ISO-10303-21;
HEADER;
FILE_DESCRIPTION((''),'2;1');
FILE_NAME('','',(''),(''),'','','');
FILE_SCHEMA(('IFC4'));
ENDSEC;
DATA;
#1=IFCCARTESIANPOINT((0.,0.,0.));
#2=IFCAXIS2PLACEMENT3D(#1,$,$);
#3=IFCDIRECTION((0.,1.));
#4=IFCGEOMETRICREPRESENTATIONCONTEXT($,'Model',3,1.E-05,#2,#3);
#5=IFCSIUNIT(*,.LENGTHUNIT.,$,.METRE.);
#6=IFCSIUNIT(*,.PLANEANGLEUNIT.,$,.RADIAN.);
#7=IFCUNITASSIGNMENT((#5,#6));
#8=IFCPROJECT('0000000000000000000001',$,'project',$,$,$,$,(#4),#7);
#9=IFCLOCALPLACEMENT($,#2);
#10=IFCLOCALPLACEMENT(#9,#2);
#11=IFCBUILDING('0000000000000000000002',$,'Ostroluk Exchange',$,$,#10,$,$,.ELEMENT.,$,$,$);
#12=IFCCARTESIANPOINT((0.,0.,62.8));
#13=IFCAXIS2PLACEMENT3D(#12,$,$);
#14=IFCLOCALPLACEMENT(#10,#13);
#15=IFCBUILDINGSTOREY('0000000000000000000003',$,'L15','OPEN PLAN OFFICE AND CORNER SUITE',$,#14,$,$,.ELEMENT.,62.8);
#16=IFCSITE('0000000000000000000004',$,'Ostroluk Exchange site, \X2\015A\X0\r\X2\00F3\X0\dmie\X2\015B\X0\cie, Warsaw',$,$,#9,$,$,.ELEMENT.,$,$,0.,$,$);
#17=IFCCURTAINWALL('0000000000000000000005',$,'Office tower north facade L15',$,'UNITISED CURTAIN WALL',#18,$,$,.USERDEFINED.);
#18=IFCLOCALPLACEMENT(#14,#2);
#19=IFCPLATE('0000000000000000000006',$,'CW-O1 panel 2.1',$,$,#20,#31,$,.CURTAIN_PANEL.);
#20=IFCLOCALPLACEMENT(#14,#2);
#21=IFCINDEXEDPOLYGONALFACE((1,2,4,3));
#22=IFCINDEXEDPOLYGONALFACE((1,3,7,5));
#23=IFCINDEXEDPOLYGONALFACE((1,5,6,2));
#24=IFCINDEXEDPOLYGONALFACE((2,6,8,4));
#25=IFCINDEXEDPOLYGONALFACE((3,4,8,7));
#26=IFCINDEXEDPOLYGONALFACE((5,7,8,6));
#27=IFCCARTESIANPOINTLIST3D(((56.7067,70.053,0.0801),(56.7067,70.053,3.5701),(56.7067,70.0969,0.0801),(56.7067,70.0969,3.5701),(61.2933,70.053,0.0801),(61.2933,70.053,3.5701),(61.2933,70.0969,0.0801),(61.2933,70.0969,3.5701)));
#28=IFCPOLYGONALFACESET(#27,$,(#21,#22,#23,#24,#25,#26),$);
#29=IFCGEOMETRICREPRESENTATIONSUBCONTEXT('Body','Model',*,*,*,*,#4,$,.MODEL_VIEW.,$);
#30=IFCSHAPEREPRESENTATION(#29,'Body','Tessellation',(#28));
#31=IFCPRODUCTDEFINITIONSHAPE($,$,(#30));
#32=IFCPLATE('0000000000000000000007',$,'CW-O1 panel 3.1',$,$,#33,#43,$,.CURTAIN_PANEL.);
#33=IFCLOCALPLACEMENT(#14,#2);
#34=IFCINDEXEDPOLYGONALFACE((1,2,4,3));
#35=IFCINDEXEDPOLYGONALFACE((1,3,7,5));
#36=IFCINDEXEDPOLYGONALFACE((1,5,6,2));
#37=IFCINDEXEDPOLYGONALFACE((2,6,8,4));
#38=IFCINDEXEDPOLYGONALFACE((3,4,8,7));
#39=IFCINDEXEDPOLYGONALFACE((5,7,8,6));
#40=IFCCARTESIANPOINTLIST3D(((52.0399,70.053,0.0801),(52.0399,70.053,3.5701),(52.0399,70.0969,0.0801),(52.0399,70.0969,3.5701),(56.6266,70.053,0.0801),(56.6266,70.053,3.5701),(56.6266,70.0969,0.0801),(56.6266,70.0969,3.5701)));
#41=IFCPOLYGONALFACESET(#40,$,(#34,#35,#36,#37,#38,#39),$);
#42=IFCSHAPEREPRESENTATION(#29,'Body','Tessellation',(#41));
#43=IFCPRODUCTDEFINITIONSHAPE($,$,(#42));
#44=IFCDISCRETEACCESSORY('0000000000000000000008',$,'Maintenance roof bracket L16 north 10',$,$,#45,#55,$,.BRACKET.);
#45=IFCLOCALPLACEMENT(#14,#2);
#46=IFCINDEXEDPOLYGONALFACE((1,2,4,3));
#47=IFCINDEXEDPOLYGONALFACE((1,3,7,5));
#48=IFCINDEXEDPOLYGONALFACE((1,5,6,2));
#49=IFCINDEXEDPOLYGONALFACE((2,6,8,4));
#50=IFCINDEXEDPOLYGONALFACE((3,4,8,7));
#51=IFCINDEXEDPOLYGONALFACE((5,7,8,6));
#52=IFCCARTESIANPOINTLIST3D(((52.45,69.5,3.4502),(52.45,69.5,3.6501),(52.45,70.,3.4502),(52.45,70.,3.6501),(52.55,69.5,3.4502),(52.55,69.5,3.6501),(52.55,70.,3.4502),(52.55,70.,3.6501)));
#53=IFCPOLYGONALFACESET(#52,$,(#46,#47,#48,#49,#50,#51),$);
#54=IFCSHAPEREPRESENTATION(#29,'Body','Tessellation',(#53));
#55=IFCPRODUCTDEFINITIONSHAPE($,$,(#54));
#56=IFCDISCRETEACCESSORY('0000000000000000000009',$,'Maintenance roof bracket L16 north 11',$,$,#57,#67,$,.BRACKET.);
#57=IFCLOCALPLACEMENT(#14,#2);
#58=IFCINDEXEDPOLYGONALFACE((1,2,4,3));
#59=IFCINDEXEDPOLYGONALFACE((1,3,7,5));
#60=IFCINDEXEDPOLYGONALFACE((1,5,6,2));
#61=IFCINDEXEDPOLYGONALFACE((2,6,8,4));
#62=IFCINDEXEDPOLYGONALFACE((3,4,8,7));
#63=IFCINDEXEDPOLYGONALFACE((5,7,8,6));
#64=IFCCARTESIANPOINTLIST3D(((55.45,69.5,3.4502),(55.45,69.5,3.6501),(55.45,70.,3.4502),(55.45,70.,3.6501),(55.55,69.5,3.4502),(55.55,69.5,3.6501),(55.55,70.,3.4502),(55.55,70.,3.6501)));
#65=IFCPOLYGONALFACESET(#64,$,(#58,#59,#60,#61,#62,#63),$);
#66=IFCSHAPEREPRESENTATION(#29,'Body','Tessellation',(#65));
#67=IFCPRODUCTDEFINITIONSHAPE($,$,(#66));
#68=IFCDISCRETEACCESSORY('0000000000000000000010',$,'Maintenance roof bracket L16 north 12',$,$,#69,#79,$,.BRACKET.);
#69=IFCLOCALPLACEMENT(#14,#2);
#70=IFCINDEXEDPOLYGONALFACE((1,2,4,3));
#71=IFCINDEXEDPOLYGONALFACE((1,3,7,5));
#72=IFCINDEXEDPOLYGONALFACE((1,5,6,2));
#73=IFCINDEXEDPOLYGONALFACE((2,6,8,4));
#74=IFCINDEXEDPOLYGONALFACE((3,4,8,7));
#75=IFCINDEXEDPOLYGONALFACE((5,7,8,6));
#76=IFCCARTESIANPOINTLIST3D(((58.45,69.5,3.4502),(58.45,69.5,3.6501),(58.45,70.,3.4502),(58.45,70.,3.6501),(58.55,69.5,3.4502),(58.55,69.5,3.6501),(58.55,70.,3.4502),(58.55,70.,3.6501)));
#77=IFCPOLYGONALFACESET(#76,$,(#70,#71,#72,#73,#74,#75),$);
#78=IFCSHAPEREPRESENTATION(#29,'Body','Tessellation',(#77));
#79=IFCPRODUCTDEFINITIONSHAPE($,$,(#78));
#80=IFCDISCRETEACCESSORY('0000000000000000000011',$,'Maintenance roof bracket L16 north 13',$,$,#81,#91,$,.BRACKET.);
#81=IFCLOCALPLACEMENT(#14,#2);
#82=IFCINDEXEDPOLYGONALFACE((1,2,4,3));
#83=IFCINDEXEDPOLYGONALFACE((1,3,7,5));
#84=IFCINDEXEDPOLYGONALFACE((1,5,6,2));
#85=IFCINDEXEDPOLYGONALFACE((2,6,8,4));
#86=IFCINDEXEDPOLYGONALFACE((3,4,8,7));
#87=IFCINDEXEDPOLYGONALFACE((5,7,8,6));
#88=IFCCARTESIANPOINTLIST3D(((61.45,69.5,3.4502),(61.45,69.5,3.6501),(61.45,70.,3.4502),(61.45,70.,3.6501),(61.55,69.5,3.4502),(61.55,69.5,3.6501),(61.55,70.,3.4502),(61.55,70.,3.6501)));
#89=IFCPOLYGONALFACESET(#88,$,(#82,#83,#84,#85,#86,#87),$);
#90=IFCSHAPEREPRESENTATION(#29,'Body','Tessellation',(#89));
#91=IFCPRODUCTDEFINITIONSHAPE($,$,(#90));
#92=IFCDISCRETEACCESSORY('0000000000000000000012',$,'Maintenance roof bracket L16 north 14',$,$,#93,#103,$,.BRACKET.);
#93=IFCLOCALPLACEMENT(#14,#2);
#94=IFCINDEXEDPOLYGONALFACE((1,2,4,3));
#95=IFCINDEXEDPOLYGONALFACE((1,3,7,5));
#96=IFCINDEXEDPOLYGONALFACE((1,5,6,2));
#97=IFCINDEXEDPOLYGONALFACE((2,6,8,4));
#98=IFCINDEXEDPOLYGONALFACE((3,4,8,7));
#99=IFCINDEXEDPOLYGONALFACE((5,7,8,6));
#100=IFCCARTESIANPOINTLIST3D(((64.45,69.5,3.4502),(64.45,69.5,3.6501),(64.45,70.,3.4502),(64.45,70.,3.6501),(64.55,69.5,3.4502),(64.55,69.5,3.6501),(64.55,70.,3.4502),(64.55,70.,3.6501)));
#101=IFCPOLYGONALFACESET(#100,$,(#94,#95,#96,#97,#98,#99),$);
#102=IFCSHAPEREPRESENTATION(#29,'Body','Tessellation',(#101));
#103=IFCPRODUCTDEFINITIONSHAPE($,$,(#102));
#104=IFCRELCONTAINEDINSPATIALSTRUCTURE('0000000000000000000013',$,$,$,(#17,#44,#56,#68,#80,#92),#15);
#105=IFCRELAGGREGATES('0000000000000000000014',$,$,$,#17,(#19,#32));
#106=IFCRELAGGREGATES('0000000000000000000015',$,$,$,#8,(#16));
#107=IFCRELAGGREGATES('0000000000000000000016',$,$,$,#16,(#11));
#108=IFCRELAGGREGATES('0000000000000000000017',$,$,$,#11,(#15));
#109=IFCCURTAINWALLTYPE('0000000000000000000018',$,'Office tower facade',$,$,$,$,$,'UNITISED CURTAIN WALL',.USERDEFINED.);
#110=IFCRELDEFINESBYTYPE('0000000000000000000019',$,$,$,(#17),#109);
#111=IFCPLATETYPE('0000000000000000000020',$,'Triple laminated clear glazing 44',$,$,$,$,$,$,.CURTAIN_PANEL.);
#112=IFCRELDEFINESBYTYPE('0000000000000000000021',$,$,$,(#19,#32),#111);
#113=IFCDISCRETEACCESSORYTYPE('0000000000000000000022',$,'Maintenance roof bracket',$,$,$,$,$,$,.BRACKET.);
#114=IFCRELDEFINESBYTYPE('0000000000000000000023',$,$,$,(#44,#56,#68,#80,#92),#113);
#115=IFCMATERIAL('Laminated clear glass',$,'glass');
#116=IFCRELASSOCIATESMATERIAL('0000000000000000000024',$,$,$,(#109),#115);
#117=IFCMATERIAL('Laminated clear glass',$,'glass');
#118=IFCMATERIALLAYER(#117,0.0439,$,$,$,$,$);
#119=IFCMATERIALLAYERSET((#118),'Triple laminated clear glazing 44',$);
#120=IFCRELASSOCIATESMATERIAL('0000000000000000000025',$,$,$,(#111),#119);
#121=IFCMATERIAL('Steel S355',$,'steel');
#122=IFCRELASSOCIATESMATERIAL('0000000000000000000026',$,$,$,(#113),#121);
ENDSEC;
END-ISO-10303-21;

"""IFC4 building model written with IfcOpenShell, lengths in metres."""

from ifc_helpers import new_model, si_unit, direction, frame, origin, origin_2d, place, context, subcontext, project, spatial, rectangle, extrude, material, layer, layer_set, type_object, element, aggregate, save


model = new_model("IFC4")

# Units and contexts
model_context = context("Model", 3, precision=1e-05, world=origin(), true_north=direction((0.0, 1.0)))
body_context = subcontext(model_context, "Body", "Model", "MODEL_VIEW")
ifc_project = project(units=[si_unit("LENGTHUNIT", "METRE"), si_unit("PLANEANGLEUNIT", "RADIAN")], contexts=[model_context])

# Site, building, storey
site_placement = place(None, origin())
site = spatial("IfcSite", under=ifc_project, at=site_placement, Name="Ostroluk Exchange site, Śródmieście, Warsaw", CompositionType="ELEMENT", RefElevation=0.0)
building_placement = place(site_placement, origin())
building = spatial("IfcBuilding", under=site, at=building_placement, Name="Ostroluk Exchange", CompositionType="ELEMENT")
storey_placement = place(building_placement, frame((0.0, 0.0, 62.8)))
storey = spatial("IfcBuildingStorey", under=building, at=storey_placement, Name="L15", Description="OPEN PLAN OFFICE AND CORNER SUITE", CompositionType="ELEMENT", Elevation=62.8)

# Curtain wall
ifc_material_1 = material(Name="Laminated clear glass", Category="glass")
curtain_wall_type = type_object("IfcCurtainWallType", Name="Office tower facade", ElementType="UNITISED CURTAIN WALL", PredefinedType="USERDEFINED", material=ifc_material_1)
curtain_wall_placement = place(storey_placement, origin())
curtain_wall = element("IfcCurtainWall", 1, at=curtain_wall_placement, inside=storey, type_object=curtain_wall_type, Name="Office tower north facade L15", ObjectType="UNITISED CURTAIN WALL", PredefinedType="USERDEFINED")

# Plates
ifc_material_2 = material(Name="Laminated clear glass", Category="glass")
ifc_layer_1 = layer(ifc_material_2, 0.0439)
ifc_layer_set_1 = layer_set([ifc_layer_1], Name="Triple laminated clear glazing 44")
plate_type_1 = type_object("IfcPlateType", Name="Triple laminated clear glazing 44", PredefinedType="CURTAIN_PANEL", material=ifc_layer_set_1)
plate_1_placement = place(storey_placement, frame((59.0, 70.075, 0.0801), z_axis=(0.0, 0.0, 1.0), x_axis=(-1.0, 0.0, 0.0)))
plate_1 = element("IfcPlate", 2, at=plate_1_placement, type_object=plate_type_1, Name="CW-O1 panel 2.1", PredefinedType="CURTAIN_PANEL", context=body_context, shape_type="SweptSolid", body=[
    extrude(rectangle(XDim=4.5867, YDim=0.0439, at=origin_2d()), origin(), (0.0, 0.0, 1.0), 3.49),
])
plate_2_placement = place(storey_placement, frame((54.3333, 70.075, 0.0801), z_axis=(0.0, 0.0, 1.0), x_axis=(-1.0, 0.0, 0.0)))
plate_2 = element("IfcPlate", 3, at=plate_2_placement, type_object=plate_type_1, Name="CW-O1 panel 3.1", PredefinedType="CURTAIN_PANEL", context=body_context, shape_type="SweptSolid", body=[
    extrude(rectangle(XDim=4.5867, YDim=0.0439, at=origin_2d()), origin(), (0.0, 0.0, 1.0), 3.49),
])
aggregate(curtain_wall, [plate_1, plate_2])

# Discrete accessories
ifc_material_3 = material(Name="Steel S355", Category="steel")
discrete_accessory_type = type_object("IfcDiscreteAccessoryType", Name="Maintenance roof bracket", PredefinedType="BRACKET", material=ifc_material_3)
for number, where, z_axis, x_axis, name in (
    (4, (52.5, 69.75, 3.4502), (0.0, 0.0, 1.0), (1.0, 0.0, 0.0), "Maintenance roof bracket L16 north 10"),
    (5, (55.5, 69.75, 3.4502), (0.0, 0.0, 1.0), (1.0, 0.0, 0.0), "Maintenance roof bracket L16 north 11"),
    (6, (58.5, 69.75, 3.4502), (0.0, 0.0, 1.0), (1.0, 0.0, 0.0), "Maintenance roof bracket L16 north 12"),
    (7, (61.5, 69.75, 3.4502), (0.0, 0.0, 1.0), (1.0, 0.0, 0.0), "Maintenance roof bracket L16 north 13"),
    (8, (64.5, 69.75, 3.4502), (0.0, 0.0, 1.0), (1.0, 0.0, 0.0), "Maintenance roof bracket L16 north 14"),
):
    element("IfcDiscreteAccessory", number, at=place(storey_placement, frame(where, z_axis=z_axis, x_axis=x_axis)), inside=storey, type_object=discrete_accessory_type, Name=name, PredefinedType="BRACKET", context=body_context, shape_type="SweptSolid", body=[
        extrude(rectangle(XDim=0.1001, YDim=0.5, at=origin_2d()), origin(), (0.0, 0.0, 1.0), 0.2),
    ])

save(model, "model.ifc")
